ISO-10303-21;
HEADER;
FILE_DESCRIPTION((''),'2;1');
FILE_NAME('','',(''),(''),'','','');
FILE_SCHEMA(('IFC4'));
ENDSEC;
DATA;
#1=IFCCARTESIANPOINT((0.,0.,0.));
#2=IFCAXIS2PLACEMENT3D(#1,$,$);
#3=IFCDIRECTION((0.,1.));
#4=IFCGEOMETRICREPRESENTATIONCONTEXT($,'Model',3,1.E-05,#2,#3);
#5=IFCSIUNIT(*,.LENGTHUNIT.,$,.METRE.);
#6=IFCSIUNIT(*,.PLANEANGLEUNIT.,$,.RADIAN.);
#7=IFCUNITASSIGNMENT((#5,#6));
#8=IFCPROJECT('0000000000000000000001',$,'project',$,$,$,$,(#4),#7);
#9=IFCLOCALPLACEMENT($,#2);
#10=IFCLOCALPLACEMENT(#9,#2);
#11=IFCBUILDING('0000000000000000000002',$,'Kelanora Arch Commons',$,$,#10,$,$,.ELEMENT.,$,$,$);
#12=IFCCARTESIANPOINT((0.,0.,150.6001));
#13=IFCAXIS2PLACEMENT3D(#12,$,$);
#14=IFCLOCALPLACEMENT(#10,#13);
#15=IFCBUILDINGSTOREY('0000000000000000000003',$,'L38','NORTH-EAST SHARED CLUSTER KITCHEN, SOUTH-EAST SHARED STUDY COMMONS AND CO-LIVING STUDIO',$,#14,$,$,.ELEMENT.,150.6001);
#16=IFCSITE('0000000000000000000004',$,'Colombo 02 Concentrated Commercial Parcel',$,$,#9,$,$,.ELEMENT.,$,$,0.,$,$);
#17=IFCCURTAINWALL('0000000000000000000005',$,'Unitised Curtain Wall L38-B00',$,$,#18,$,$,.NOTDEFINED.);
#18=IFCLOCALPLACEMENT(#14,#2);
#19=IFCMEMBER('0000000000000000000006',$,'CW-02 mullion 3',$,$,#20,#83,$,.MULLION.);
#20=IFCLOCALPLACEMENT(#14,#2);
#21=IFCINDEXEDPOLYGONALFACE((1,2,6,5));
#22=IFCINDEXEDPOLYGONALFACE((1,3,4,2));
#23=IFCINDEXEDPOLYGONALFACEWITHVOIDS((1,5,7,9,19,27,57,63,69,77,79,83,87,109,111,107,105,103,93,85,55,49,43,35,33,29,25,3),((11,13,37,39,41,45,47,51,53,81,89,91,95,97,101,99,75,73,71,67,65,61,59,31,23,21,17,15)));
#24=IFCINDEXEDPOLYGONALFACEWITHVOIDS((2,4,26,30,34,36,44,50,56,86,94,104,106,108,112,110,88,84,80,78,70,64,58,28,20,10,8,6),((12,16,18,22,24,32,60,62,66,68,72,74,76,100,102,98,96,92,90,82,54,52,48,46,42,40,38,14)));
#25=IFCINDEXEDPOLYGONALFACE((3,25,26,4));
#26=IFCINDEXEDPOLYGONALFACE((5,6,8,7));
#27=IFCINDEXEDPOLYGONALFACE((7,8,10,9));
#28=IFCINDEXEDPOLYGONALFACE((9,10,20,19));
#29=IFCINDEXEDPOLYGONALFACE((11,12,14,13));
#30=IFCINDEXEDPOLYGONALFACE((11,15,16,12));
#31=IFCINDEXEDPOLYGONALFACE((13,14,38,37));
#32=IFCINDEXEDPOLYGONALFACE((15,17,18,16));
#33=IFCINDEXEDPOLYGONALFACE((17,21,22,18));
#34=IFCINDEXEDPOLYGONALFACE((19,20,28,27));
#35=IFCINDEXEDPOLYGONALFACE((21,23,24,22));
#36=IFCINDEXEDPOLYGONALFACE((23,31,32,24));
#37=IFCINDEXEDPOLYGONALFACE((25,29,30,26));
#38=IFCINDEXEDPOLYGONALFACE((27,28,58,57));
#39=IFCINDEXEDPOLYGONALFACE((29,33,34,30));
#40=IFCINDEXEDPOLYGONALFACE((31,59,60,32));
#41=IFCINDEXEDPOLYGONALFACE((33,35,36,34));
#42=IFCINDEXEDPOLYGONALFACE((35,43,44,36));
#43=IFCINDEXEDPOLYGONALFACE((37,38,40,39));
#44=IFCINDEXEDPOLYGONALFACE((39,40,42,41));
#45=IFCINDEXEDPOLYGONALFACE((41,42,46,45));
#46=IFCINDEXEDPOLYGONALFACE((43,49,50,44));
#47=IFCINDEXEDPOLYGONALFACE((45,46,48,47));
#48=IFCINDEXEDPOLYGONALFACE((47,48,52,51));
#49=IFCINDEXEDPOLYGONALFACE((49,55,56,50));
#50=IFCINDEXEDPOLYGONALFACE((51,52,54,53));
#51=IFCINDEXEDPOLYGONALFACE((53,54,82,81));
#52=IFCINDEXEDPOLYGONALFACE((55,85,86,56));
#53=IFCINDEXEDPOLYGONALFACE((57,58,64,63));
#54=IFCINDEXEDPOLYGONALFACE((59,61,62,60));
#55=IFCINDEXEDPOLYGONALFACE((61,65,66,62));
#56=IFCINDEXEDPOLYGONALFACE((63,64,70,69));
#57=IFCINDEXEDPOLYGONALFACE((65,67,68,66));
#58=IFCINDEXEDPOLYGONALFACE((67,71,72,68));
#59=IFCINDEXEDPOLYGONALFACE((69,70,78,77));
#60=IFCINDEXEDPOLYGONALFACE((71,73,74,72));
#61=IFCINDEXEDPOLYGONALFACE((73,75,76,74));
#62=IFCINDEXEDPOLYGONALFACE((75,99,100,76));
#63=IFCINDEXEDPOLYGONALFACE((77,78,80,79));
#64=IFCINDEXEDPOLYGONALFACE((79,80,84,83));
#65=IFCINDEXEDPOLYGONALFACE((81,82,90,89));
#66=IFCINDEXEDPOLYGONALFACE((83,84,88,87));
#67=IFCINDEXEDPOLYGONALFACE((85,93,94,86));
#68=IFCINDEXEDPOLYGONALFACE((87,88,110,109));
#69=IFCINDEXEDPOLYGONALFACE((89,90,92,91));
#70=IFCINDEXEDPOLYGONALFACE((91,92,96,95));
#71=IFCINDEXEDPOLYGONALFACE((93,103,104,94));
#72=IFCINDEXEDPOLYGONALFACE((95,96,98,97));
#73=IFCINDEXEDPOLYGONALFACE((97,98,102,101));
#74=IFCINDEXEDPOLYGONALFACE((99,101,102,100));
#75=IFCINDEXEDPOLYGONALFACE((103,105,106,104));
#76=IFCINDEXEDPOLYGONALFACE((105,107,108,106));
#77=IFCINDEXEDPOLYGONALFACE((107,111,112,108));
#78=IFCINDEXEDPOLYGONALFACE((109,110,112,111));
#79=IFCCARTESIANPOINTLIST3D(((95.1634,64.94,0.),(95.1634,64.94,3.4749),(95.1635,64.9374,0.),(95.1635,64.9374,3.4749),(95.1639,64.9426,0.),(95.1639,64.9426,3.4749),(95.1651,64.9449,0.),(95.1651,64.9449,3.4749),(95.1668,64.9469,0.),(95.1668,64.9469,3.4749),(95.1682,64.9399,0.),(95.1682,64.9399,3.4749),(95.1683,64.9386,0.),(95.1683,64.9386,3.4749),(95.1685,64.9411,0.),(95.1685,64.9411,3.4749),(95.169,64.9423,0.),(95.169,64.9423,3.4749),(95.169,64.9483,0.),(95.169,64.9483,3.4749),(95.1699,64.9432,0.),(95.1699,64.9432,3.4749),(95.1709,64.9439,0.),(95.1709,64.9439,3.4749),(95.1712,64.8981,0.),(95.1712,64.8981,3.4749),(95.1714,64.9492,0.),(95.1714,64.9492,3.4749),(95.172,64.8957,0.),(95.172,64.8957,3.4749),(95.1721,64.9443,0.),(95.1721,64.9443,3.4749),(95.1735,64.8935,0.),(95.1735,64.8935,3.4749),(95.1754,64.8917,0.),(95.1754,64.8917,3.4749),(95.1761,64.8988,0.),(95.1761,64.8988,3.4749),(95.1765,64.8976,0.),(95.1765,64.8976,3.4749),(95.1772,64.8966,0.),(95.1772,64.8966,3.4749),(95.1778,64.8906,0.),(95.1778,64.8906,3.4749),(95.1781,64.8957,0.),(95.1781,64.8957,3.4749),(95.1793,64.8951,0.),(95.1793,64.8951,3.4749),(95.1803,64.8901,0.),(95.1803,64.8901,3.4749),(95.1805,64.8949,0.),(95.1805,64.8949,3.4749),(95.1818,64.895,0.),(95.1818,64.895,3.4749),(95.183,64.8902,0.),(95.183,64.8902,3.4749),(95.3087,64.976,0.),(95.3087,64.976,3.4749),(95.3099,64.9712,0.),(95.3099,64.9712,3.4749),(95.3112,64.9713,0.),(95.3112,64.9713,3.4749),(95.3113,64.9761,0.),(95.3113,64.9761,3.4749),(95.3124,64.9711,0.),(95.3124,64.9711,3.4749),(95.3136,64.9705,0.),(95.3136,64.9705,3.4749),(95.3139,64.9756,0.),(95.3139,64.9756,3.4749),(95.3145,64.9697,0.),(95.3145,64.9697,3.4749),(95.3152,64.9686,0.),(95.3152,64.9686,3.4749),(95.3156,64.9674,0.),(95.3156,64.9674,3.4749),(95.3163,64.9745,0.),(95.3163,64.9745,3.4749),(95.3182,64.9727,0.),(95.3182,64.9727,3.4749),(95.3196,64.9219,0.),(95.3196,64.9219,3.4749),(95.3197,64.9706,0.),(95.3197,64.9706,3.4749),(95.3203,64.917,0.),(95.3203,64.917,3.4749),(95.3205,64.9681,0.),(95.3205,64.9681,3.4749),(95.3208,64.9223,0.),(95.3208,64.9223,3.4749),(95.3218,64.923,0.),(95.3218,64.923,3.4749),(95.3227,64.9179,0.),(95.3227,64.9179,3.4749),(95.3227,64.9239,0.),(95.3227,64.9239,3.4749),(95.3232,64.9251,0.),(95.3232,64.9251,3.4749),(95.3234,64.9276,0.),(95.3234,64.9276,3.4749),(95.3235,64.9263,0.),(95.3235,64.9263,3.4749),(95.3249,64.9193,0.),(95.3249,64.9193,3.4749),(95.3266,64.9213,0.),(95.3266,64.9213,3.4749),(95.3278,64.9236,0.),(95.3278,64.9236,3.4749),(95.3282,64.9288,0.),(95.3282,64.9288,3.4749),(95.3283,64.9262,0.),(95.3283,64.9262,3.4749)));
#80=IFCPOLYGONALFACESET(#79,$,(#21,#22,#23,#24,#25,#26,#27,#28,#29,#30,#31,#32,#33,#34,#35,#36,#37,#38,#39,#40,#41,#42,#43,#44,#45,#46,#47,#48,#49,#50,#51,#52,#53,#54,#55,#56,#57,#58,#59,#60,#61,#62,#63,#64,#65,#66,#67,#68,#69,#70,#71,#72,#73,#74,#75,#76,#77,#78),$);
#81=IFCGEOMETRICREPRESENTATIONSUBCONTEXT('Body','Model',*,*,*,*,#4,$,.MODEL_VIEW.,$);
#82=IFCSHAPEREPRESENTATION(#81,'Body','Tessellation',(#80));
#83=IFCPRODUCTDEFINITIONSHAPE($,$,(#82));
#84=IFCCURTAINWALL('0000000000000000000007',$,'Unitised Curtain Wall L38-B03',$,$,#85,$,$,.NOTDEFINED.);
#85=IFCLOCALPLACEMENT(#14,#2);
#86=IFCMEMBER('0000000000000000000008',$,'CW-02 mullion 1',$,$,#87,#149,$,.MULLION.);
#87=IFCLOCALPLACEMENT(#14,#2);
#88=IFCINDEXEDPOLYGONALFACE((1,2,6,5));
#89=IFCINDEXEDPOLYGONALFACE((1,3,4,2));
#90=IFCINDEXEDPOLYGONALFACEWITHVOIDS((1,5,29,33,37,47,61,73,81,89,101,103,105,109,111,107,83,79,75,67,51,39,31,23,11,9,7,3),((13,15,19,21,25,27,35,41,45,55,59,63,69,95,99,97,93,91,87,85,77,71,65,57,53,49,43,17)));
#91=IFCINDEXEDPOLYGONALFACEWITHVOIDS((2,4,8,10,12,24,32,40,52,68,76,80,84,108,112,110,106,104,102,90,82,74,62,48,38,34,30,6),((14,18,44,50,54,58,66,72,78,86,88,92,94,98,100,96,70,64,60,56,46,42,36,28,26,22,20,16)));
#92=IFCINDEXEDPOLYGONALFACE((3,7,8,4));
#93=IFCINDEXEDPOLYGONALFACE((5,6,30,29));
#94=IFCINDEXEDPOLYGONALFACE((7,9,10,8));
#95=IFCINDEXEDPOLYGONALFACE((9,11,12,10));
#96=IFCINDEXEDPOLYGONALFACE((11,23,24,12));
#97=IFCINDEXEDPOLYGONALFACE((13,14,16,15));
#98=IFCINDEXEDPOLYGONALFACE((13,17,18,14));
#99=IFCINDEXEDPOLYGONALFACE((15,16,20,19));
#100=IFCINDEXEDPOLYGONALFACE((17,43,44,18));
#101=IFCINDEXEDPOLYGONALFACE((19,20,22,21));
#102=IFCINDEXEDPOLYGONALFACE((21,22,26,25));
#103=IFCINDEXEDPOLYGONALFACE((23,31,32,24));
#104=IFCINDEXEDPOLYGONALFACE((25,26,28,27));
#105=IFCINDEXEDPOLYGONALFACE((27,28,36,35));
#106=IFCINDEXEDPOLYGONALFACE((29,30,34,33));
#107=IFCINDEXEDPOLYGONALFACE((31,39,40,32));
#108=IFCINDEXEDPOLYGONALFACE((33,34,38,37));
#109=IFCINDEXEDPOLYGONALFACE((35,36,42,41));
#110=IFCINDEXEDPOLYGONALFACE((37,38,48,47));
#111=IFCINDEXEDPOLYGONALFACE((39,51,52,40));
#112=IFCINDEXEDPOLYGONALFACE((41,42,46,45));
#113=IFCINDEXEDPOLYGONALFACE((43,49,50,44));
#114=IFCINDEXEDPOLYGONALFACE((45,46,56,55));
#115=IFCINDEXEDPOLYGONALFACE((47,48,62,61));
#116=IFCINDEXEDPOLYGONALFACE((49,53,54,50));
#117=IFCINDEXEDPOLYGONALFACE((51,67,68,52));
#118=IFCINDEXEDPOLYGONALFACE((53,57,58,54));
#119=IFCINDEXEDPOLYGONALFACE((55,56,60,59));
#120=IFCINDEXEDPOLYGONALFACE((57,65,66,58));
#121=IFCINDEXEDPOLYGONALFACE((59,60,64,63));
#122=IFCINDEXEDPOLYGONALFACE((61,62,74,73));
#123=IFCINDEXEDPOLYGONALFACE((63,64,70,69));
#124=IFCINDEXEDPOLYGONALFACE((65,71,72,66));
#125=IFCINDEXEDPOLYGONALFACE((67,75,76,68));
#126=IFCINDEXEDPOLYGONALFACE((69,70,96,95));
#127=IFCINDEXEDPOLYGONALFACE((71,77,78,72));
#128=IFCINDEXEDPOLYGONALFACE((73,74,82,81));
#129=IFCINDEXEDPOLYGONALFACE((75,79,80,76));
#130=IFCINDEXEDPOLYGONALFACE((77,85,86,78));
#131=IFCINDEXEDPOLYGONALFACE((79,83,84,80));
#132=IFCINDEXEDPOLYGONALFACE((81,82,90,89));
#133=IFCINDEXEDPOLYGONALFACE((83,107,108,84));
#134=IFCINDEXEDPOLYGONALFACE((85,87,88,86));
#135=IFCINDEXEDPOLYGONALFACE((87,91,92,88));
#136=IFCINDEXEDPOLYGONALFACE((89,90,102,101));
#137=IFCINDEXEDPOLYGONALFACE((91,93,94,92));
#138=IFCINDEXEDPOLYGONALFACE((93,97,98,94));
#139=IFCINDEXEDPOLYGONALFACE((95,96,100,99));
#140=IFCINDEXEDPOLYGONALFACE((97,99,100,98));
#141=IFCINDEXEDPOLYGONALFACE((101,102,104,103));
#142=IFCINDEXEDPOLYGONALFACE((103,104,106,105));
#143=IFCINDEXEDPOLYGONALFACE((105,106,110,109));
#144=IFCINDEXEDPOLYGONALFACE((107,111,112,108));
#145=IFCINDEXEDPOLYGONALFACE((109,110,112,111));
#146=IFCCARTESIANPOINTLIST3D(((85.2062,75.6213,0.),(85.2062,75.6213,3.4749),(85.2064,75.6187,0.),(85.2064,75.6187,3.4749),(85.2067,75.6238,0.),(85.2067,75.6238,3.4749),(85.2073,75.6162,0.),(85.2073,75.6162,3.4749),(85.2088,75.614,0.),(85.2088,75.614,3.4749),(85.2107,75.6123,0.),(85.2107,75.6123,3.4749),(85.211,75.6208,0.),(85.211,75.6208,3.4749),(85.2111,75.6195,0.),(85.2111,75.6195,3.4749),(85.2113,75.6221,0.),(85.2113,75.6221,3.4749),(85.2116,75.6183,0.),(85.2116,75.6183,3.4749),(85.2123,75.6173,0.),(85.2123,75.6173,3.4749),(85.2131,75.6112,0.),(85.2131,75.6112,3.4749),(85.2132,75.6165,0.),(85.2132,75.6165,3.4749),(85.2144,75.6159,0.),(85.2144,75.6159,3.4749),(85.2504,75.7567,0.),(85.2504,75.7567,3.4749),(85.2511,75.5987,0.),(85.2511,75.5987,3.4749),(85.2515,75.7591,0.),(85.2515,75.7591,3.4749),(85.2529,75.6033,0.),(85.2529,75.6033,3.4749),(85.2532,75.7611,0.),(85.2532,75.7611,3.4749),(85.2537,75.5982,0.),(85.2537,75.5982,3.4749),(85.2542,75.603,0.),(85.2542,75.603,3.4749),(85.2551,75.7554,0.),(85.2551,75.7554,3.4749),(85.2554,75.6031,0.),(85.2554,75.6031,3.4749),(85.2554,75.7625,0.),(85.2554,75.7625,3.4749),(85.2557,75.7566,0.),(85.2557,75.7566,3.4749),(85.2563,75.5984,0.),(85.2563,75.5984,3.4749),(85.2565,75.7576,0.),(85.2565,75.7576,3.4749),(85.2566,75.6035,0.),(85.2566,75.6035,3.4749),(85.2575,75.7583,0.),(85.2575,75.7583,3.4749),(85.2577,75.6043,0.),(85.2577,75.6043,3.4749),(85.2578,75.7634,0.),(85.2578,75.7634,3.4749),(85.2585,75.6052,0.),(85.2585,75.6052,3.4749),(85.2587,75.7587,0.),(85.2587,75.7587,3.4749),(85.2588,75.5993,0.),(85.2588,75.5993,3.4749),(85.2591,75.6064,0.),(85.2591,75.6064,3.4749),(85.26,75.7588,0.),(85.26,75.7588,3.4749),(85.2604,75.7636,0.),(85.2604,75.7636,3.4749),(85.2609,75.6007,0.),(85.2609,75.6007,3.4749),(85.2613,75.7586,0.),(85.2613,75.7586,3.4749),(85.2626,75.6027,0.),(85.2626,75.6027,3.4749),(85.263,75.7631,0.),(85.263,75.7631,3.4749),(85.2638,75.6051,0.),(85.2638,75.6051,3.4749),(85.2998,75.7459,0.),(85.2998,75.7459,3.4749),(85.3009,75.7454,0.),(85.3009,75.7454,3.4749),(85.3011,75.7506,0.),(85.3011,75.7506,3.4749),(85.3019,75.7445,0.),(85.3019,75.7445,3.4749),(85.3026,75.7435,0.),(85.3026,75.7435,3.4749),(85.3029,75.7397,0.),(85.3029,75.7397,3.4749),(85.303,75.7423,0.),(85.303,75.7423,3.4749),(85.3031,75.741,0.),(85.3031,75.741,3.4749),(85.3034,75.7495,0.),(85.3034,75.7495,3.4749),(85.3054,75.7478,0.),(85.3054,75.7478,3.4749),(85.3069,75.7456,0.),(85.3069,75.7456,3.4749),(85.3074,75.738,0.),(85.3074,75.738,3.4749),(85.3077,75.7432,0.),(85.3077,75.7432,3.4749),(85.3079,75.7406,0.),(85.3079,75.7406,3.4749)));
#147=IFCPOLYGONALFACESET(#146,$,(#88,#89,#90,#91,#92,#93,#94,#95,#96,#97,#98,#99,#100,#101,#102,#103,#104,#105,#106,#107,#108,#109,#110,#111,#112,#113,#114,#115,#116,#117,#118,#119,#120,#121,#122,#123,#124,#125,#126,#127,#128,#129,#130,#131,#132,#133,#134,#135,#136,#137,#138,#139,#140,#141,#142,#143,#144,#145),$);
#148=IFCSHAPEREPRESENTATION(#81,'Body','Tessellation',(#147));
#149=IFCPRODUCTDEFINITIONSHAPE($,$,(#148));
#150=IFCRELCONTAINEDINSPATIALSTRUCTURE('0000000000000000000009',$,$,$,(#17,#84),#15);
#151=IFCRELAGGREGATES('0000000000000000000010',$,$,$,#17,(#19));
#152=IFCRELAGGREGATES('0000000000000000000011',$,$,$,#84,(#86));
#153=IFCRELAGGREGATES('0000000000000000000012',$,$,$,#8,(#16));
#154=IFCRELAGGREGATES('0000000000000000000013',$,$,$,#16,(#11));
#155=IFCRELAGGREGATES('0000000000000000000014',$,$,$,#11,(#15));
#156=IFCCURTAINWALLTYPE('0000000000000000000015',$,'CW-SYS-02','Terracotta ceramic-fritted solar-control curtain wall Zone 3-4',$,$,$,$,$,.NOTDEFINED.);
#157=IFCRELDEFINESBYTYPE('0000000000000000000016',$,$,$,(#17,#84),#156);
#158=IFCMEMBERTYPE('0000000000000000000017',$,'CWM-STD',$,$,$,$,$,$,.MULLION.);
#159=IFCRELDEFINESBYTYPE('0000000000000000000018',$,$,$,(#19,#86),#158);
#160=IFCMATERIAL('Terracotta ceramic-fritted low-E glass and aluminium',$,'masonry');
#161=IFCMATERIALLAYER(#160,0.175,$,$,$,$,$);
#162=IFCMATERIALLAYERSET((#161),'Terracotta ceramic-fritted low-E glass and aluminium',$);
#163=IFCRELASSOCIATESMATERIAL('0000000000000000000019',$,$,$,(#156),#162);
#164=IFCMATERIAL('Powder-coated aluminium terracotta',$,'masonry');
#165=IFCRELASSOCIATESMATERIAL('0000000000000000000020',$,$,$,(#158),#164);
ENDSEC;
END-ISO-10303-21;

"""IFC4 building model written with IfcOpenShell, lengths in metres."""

from ifc_helpers import new_model, si_unit, direction, frame, origin, origin_2d, place, context, subcontext, project, spatial, hollow_rectangle, extrude, material, layer, layer_set, material_profile, profile_set, type_object, element, aggregate, save


model = new_model("IFC4")

# Units and contexts
model_context = context("Model", 3, precision=1e-05, world=origin(), true_north=direction((0.0, 1.0)))
body_context = subcontext(model_context, "Body", "Model", "MODEL_VIEW")
ifc_project = project(units=[si_unit("LENGTHUNIT", "METRE"), si_unit("PLANEANGLEUNIT", "RADIAN")], contexts=[model_context])

# Site, building, storey
site_placement = place(None, origin())
site = spatial("IfcSite", under=ifc_project, at=site_placement, Name="Colombo 02 Concentrated Commercial Parcel", CompositionType="ELEMENT", RefElevation=0.0)
building_placement = place(site_placement, origin())
building = spatial("IfcBuilding", under=site, at=building_placement, Name="Kelanora Arch Commons", CompositionType="ELEMENT")
storey_placement = place(building_placement, frame((0.0, 0.0, 150.6001)))
storey = spatial("IfcBuildingStorey", under=building, at=storey_placement, Name="L38", Description="NORTH-EAST SHARED CLUSTER KITCHEN, SOUTH-EAST SHARED STUDY COMMONS AND CO-LIVING STUDIO", CompositionType="ELEMENT", Elevation=150.6001)

# Curtain wall, member
ifc_material_1 = material(Name="Terracotta ceramic-fritted low-E glass and aluminium", Category="masonry")
ifc_layer_1 = layer(ifc_material_1, 0.175)
ifc_layer_set_1 = layer_set([ifc_layer_1], Name="Terracotta ceramic-fritted low-E glass and aluminium")
curtain_wall_type = type_object("IfcCurtainWallType", Name="CW-SYS-02", Description="Terracotta ceramic-fritted solar-control curtain wall Zone 3-4", PredefinedType="NOTDEFINED", material=ifc_layer_set_1)
curtain_wall_1_placement = place(storey_placement, origin())
curtain_wall_1 = element("IfcCurtainWall", 1, at=curtain_wall_1_placement, inside=storey, type_object=curtain_wall_type, Name="Unitised Curtain Wall L38-B00", PredefinedType="NOTDEFINED")
ifc_material_2 = material(Name="Powder-coated aluminium terracotta", Category="masonry")
ifc_material_profile_1 = material_profile(ifc_material_2, hollow_rectangle(XDim=0.1599, YDim=0.0601, WallThickness=0.0049, InnerFilletRadius=0.0049, OuterFilletRadius=0.01, at=origin_2d()), Name="CWM160x60")
ifc_profile_set_1 = profile_set([ifc_material_profile_1], Name="Powder-coated aluminium terracotta")
member_type_1 = type_object("IfcMemberType", Name="CWM-STD", PredefinedType="MULLION", material=ifc_profile_set_1)
member_1_placement = place(storey_placement, frame((95.2458, 64.9331, 0.0), z_axis=(0.0, 0.0, 1.0), x_axis=(-0.981453, -0.191705, 0.0)))
member_1 = element("IfcMember", 2, at=member_1_placement, type_object=member_type_1, Name="CW-02 mullion 3", PredefinedType="MULLION", context=body_context, shape_type="SweptSolid", body=[
    extrude(hollow_rectangle(XDim=0.1599, YDim=0.0601, WallThickness=0.0049, InnerFilletRadius=0.0049, OuterFilletRadius=0.01, at=origin_2d()), origin(), (0.0, 0.0, 1.0), 3.4749),
])
aggregate(curtain_wall_1, [member_1])

# Curtain wall, member
curtain_wall_2_placement = place(storey_placement, origin())
curtain_wall_2 = element("IfcCurtainWall", 3, at=curtain_wall_2_placement, inside=storey, type_object=curtain_wall_type, Name="Unitised Curtain Wall L38-B03", PredefinedType="NOTDEFINED")
member_2_placement = place(storey_placement, frame((85.2571, 75.6809, 0.0), z_axis=(0.0, 0.0, 1.0), x_axis=(-0.312128, -0.95004, 0.0)))
member_2 = element("IfcMember", 4, at=member_2_placement, type_object=member_type_1, Name="CW-02 mullion 1", PredefinedType="MULLION", context=body_context, shape_type="SweptSolid", body=[
    extrude(hollow_rectangle(XDim=0.1599, YDim=0.0601, WallThickness=0.0049, InnerFilletRadius=0.0049, OuterFilletRadius=0.01, at=origin_2d()), origin(), (0.0, 0.0, 1.0), 3.4749),
])
aggregate(curtain_wall_2, [member_2])

save(model, "model.ifc")
